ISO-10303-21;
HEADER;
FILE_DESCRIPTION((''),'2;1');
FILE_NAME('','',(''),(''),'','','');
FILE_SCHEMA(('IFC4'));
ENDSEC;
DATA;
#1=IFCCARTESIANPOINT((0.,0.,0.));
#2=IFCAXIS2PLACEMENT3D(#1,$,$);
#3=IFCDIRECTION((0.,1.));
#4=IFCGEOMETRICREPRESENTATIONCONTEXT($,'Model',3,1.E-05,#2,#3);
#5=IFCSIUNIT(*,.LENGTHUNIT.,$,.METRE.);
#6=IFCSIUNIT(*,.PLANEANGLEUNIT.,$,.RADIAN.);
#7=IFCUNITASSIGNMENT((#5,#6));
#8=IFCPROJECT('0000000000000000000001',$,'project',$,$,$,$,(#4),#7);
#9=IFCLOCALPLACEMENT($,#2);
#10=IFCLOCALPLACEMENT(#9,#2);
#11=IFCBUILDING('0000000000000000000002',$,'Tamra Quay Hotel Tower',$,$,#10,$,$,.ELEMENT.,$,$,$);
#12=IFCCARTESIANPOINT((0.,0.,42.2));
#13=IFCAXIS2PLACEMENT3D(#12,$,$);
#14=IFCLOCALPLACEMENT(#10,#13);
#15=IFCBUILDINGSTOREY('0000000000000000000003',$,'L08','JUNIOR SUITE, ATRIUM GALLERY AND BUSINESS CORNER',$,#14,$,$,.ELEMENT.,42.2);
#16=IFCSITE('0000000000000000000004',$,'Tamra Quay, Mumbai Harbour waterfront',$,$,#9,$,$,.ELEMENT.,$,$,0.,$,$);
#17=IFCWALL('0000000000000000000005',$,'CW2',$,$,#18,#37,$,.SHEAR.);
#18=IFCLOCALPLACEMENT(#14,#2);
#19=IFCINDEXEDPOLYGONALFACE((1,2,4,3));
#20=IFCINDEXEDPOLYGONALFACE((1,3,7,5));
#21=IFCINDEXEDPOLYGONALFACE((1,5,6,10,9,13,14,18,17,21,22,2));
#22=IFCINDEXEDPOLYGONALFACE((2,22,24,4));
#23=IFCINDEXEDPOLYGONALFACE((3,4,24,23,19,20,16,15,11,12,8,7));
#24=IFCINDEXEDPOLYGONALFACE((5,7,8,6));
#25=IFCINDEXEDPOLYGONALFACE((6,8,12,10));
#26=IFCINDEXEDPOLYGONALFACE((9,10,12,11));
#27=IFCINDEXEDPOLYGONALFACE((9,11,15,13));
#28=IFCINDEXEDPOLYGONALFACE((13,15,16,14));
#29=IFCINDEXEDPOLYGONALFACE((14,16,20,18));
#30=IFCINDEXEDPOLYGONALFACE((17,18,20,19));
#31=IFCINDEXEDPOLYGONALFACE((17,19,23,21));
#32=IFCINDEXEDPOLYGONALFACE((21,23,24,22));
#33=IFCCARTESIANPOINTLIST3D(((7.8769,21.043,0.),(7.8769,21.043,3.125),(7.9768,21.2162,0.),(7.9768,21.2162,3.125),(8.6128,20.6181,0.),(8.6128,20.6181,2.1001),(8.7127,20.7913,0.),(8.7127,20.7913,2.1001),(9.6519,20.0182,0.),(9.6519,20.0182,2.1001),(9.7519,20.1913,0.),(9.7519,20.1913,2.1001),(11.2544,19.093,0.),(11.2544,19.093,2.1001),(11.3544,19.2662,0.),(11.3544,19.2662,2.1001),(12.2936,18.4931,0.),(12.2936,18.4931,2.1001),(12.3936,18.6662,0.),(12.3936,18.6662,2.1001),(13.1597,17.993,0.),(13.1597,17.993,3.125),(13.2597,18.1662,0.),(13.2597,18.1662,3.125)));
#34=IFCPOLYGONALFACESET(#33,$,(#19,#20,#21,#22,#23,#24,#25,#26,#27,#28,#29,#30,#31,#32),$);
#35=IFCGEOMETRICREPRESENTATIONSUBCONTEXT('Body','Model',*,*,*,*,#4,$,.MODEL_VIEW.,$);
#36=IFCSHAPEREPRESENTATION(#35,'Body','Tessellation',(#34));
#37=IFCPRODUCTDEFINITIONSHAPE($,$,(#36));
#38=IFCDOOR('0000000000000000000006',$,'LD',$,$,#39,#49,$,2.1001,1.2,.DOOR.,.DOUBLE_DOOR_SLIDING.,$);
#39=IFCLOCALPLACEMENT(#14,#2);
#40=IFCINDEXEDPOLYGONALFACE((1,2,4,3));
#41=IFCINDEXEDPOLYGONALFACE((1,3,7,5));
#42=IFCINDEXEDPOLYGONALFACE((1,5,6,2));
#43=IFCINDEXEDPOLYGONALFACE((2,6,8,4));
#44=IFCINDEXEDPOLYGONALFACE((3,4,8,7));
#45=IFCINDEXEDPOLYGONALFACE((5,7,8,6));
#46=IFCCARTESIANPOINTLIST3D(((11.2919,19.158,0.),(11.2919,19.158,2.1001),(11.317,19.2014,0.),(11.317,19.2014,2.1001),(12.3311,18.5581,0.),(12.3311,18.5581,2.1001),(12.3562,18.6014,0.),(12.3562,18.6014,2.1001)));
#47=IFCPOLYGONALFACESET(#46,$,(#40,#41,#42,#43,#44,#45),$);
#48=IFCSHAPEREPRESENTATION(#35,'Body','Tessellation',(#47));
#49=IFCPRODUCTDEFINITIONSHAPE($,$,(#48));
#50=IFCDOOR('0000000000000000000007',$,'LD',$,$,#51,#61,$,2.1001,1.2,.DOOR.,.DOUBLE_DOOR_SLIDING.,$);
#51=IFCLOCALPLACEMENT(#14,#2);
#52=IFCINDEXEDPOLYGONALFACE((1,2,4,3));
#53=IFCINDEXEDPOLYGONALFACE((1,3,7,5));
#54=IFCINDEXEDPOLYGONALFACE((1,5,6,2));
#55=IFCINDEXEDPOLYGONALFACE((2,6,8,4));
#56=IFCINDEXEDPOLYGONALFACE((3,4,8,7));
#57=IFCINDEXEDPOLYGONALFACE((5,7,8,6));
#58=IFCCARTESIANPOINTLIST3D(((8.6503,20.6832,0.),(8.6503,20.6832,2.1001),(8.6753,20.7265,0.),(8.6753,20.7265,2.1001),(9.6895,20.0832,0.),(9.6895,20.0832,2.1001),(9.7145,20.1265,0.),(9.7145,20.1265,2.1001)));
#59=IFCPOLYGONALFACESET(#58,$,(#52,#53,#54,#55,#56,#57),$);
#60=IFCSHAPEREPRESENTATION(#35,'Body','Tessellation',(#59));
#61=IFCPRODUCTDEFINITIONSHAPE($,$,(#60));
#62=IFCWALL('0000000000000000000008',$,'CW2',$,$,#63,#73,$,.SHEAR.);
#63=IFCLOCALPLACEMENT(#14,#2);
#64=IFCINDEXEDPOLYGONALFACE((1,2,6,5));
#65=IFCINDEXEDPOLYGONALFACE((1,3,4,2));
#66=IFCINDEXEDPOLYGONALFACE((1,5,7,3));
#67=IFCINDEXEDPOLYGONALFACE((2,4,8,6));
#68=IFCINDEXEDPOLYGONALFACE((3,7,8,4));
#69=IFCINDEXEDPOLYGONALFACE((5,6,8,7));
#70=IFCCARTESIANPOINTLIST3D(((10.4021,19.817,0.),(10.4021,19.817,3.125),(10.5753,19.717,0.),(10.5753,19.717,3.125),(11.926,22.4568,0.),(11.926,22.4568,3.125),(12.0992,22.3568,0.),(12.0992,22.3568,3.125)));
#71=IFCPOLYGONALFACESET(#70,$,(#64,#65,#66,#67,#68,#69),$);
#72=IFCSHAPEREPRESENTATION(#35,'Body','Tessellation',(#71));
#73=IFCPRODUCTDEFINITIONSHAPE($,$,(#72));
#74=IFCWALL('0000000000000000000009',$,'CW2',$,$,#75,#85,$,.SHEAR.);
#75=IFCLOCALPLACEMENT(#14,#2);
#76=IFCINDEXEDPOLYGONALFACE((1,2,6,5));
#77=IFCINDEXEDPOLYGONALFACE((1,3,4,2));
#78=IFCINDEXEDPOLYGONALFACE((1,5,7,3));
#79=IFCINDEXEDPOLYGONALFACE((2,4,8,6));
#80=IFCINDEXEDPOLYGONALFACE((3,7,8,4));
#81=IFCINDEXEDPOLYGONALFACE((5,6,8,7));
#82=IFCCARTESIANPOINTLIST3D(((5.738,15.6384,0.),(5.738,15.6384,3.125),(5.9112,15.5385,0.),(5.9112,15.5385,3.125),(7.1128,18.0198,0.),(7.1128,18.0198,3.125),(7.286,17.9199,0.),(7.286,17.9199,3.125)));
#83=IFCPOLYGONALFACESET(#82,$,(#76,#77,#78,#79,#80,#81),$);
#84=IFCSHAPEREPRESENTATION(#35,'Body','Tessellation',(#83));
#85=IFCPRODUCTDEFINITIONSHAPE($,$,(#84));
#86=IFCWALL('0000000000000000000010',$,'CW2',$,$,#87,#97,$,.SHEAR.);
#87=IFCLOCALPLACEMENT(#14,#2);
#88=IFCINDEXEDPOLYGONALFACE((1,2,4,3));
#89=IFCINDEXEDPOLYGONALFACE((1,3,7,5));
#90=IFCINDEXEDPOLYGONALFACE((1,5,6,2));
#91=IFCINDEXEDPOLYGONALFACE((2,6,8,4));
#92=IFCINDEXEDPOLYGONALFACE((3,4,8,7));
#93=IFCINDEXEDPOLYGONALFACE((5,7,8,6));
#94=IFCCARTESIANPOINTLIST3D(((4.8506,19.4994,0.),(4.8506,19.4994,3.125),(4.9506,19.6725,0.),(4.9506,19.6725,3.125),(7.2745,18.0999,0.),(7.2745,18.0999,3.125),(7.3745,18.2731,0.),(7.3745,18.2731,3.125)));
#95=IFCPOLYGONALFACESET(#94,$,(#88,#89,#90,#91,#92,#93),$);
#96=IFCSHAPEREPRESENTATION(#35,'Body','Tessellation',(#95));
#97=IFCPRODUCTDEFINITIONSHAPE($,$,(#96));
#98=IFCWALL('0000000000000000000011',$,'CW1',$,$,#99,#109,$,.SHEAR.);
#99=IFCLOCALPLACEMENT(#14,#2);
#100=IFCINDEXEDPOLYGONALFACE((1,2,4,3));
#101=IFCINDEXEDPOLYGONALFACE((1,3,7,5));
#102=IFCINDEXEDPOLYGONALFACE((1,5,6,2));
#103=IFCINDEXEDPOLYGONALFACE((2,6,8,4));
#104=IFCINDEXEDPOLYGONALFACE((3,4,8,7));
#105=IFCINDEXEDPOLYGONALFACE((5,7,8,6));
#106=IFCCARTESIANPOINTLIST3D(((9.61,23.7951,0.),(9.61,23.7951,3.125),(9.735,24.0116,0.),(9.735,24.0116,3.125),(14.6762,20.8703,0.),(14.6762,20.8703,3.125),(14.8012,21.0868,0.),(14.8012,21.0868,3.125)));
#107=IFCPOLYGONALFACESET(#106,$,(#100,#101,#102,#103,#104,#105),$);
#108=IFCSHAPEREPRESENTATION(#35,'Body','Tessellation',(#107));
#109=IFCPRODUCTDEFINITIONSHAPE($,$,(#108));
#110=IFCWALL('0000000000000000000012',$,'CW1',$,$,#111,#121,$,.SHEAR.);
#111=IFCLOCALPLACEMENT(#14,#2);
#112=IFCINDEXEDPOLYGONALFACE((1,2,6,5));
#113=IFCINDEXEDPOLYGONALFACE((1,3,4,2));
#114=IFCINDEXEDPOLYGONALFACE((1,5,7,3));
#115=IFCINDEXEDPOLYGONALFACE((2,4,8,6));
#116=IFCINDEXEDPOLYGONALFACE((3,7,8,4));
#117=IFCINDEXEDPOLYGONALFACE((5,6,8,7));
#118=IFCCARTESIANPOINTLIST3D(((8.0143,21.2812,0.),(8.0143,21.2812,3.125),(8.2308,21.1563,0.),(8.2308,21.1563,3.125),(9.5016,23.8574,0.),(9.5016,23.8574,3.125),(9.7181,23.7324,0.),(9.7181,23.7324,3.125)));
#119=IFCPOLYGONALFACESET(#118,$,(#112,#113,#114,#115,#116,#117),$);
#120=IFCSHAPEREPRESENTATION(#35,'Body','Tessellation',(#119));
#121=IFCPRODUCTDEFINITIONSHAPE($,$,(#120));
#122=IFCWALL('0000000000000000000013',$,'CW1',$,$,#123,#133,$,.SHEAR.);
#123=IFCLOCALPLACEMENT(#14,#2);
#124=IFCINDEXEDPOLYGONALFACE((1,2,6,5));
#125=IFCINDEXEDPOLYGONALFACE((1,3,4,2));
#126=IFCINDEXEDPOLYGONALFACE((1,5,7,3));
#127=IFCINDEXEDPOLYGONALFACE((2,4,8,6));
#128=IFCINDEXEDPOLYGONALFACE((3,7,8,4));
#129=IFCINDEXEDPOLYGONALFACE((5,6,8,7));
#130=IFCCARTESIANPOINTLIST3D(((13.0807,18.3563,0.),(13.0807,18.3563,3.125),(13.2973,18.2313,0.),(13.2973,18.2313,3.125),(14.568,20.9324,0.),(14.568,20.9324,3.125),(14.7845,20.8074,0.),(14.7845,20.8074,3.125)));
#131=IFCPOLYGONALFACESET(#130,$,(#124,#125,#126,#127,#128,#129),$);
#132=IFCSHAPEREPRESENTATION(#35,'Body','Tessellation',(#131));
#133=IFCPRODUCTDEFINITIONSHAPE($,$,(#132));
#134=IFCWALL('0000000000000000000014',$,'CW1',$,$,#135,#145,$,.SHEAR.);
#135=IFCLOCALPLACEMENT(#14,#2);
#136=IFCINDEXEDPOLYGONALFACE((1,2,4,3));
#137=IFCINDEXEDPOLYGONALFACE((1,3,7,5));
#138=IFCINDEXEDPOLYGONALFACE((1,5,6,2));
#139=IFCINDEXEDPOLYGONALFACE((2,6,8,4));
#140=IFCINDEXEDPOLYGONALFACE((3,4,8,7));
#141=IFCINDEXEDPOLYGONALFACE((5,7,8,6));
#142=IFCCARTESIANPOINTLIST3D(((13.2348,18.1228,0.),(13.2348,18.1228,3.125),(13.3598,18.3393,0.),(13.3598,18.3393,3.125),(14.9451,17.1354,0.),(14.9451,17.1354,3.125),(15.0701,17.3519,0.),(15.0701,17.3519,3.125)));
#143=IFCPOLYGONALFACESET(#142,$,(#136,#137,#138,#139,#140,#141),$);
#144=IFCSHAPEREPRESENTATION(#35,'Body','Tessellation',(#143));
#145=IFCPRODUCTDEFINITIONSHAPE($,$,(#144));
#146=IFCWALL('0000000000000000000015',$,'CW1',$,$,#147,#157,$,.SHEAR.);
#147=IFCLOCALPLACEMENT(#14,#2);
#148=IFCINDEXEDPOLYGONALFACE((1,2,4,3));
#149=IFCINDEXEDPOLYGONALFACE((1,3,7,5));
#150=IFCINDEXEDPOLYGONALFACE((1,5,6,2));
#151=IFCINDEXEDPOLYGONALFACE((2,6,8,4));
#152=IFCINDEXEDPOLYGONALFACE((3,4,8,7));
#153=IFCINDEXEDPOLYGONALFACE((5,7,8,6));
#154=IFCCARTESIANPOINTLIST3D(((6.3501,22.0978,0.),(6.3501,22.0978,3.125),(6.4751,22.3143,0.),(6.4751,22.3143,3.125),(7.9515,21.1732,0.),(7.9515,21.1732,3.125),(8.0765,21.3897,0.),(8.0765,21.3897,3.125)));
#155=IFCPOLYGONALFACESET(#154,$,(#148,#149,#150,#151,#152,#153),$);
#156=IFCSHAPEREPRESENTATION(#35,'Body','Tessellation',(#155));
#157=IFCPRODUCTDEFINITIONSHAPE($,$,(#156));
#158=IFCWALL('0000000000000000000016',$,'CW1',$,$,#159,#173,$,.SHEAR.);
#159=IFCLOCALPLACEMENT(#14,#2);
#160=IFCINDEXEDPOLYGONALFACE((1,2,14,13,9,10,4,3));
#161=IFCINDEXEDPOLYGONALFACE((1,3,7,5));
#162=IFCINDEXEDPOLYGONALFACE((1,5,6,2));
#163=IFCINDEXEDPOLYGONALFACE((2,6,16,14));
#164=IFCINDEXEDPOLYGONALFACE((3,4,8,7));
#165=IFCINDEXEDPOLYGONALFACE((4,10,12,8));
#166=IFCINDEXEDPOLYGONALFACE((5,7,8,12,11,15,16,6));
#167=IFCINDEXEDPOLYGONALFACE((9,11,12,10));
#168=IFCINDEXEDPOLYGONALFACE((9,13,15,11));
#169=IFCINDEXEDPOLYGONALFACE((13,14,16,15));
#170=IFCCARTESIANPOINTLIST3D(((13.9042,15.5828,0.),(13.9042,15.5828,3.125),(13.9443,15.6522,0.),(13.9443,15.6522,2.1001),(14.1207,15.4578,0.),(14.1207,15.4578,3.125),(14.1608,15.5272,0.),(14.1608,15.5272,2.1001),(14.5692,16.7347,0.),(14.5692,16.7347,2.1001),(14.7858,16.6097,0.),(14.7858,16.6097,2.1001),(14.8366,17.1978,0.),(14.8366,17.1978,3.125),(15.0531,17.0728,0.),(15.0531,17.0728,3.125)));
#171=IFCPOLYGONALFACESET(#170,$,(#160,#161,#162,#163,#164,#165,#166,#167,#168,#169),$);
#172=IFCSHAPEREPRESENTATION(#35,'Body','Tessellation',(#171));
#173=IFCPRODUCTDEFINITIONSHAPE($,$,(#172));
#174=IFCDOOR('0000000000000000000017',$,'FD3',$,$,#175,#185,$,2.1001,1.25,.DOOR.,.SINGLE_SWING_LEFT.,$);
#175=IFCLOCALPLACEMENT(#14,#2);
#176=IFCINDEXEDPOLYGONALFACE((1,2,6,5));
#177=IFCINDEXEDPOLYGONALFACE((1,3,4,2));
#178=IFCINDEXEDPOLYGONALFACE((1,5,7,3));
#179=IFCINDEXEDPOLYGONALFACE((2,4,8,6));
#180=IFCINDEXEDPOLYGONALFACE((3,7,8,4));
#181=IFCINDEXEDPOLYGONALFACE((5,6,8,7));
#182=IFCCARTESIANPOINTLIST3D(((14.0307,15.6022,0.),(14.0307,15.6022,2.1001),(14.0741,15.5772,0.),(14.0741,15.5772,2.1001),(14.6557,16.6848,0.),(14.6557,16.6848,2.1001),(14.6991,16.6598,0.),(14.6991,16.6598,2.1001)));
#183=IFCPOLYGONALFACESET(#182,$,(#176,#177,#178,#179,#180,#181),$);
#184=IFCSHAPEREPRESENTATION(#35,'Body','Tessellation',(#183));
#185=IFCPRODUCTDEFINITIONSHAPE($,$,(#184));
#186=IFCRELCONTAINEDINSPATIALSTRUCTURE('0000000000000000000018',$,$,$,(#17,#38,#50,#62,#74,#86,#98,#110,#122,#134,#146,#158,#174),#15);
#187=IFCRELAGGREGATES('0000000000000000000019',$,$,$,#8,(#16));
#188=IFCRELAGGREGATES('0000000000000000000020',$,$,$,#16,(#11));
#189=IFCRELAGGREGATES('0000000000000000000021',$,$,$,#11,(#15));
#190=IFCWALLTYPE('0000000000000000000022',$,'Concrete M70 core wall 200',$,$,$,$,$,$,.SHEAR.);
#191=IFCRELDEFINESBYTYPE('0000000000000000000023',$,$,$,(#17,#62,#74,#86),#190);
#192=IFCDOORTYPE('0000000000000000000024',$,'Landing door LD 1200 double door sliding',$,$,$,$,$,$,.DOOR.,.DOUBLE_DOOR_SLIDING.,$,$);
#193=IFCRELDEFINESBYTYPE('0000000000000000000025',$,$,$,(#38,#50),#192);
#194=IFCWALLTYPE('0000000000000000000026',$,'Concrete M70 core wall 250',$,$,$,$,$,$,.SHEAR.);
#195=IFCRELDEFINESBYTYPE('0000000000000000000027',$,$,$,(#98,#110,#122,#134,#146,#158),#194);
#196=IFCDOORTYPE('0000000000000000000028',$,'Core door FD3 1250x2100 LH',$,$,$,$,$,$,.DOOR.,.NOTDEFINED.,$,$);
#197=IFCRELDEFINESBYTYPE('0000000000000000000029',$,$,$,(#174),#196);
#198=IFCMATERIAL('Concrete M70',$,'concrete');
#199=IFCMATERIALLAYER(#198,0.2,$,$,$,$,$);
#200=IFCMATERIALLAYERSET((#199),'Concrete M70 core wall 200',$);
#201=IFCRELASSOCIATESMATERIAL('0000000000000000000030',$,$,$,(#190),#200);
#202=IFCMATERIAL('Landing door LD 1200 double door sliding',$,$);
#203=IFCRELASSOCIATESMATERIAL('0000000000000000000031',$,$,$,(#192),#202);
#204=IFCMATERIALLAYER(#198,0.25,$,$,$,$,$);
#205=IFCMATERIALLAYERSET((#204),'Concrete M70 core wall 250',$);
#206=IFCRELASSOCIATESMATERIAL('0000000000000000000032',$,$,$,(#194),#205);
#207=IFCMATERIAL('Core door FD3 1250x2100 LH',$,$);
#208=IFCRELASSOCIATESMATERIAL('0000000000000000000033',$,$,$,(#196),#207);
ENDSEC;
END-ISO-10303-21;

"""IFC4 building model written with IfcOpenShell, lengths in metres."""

from ifc_helpers import new_model, si_unit, direction, frame, frame_2d, origin, place, context, subcontext, project, spatial, rectangle, extrude, material, layer, layer_set, type_object, element, fill, save


model = new_model("IFC4")

# Units and contexts
model_context = context("Model", 3, precision=1e-05, world=origin(), true_north=direction((0.0, 1.0)))
body_context = subcontext(model_context, "Body", "Model", "MODEL_VIEW")
ifc_project = project(units=[si_unit("LENGTHUNIT", "METRE"), si_unit("PLANEANGLEUNIT", "RADIAN")], contexts=[model_context])

# Site, building, storey
site_placement = place(None, origin())
site = spatial("IfcSite", under=ifc_project, at=site_placement, Name="Tamra Quay, Mumbai Harbour waterfront", CompositionType="ELEMENT", RefElevation=0.0)
building_placement = place(site_placement, origin())
building = spatial("IfcBuilding", under=site, at=building_placement, Name="Tamra Quay Hotel Tower", CompositionType="ELEMENT")
storey_placement = place(building_placement, frame((0.0, 0.0, 42.2)))
storey = spatial("IfcBuildingStorey", under=building, at=storey_placement, Name="L08", Description="JUNIOR SUITE, ATRIUM GALLERY AND BUSINESS CORNER", CompositionType="ELEMENT", Elevation=42.2)

# Shared definitions
ifc_material_1 = material(Name="Concrete M70", Category="concrete")

# Wall, openings, doors
ifc_layer_1 = layer(ifc_material_1, 0.2)
ifc_layer_set_1 = layer_set([ifc_layer_1], Name="Concrete M70 core wall 200")
wall_type_1 = type_object("IfcWallType", Name="Concrete M70 core wall 200", PredefinedType="SHEAR", material=ifc_layer_set_1)
wall_1_placement = place(storey_placement, frame((13.2097, 18.0796, 0.0), z_axis=(0.0, 0.0, 1.0), x_axis=(-0.86603, 0.499992, 0.0)))
wall_1 = element("IfcWall", 1, at=wall_1_placement, inside=storey, type_object=wall_type_1, Name="CW2", PredefinedType="SHEAR", context=body_context, shape_type="SweptSolid", body=[
    extrude(rectangle(XDim=6.1001, YDim=0.2, at=frame_2d((3.05, 0.0))), origin(), (0.0, 0.0, 1.0), 3.125),
])
opening_1_placement = place(wall_1_placement, frame((1.0, 0.0, 0.0)))
opening_1 = element("IfcOpeningElement", 2, at=opening_1_placement, cuts=wall_1, PredefinedType="OPENING", context=body_context, shape_type="SweptSolid", body=[
    extrude(rectangle(XDim=1.2, YDim=2.1001, at=frame_2d((0.6001, 1.05))), frame((0.0, 0.1099, 0.0), z_axis=(0.0, -1.0, 0.0), x_axis=(1.0, 0.0, 0.0)), (0.0, 0.0, 1.0), 0.22),
])
opening_2_placement = place(wall_1_placement, frame((4.0503, 0.0, 0.0)))
opening_2 = element("IfcOpeningElement", 3, at=opening_2_placement, cuts=wall_1, PredefinedType="OPENING", context=body_context, shape_type="SweptSolid", body=[
    extrude(rectangle(XDim=1.2, YDim=2.1001, at=frame_2d((0.6001, 1.05))), frame((0.0, 0.1099, 0.0), z_axis=(0.0, -1.0, 0.0), x_axis=(1.0, 0.0, 0.0)), (0.0, 0.0, 1.0), 0.22),
])
ifc_material_2 = material(Name="Landing door LD 1200 double door sliding")
door_type_1 = type_object("IfcDoorType", Name="Landing door LD 1200 double door sliding", OperationType="DOUBLE_DOOR_SLIDING", PredefinedType="DOOR", material=ifc_material_2)
door_1_placement = place(opening_1_placement, origin())
door_1 = element("IfcDoor", 4, at=door_1_placement, inside=storey, type_object=door_type_1, Name="LD", OperationType="DOUBLE_DOOR_SLIDING", OverallHeight=2.1001, OverallWidth=1.2, PredefinedType="DOOR", context=body_context, shape_type="SweptSolid", body=[
    extrude(rectangle(XDim=1.2, YDim=2.1001, at=frame_2d((0.6001, 1.05))), frame((0.0, 0.0249, 0.0), z_axis=(0.0, -1.0, 0.0), x_axis=(1.0, 0.0, 0.0)), (0.0, 0.0, 1.0), 0.05),
])
fill(opening_1, door_1)
door_2_placement = place(opening_2_placement, origin())
door_2 = element("IfcDoor", 5, at=door_2_placement, inside=storey, type_object=door_type_1, Name="LD", OperationType="DOUBLE_DOOR_SLIDING", OverallHeight=2.1001, OverallWidth=1.2, PredefinedType="DOOR", context=body_context, shape_type="SweptSolid", body=[
    extrude(rectangle(XDim=1.2, YDim=2.1001, at=frame_2d((0.6001, 1.05))), frame((0.0, 0.0249, 0.0), z_axis=(0.0, -1.0, 0.0), x_axis=(1.0, 0.0, 0.0)), (0.0, 0.0, 1.0), 0.05),
])
fill(opening_2, door_2)

# Walls
wall_2_placement = place(storey_placement, frame((10.4888, 19.7671, 0.0), z_axis=(0.0, 0.0, 1.0), x_axis=(0.499947, 0.866056, 0.0)))
element("IfcWall", 6, at=wall_2_placement, inside=storey, type_object=wall_type_1, Name="CW2", PredefinedType="SHEAR", context=body_context, shape_type="SweptSolid", body=[
    extrude(rectangle(XDim=3.0481, YDim=0.2, at=frame_2d((1.5239, 0.0))), origin(), (0.0, 0.0, 1.0), 3.125),
])
wall_3_placement = place(storey_placement, frame((7.1995, 17.97, 0.0), z_axis=(0.0, 0.0, 1.0), x_axis=(-0.499968, -0.866044, 0.0)))
element("IfcWall", 7, at=wall_3_placement, inside=storey, type_object=wall_type_1, Name="CW2", PredefinedType="SHEAR", context=body_context, shape_type="SweptSolid", body=[
    extrude(rectangle(XDim=2.7498, YDim=0.2, at=frame_2d((1.375, 0.0))), origin(), (0.0, 0.0, 1.0), 3.125),
])
wall_4_placement = place(storey_placement, frame((4.9006, 19.5859, 0.0), z_axis=(0.0, 0.0, 1.0), x_axis=(0.866023, -0.500004, 0.0)))
element("IfcWall", 8, at=wall_4_placement, inside=storey, type_object=wall_type_1, Name="CW2", PredefinedType="SHEAR", context=body_context, shape_type="SweptSolid", body=[
    extrude(rectangle(XDim=2.7988, YDim=0.2, at=frame_2d((1.3994, 0.0))), origin(), (0.0, 0.0, 1.0), 3.125),
])
ifc_layer_2 = layer(ifc_material_1, 0.25)
ifc_layer_set_2 = layer_set([ifc_layer_2], Name="Concrete M70 core wall 250")
wall_type_2 = type_object("IfcWallType", Name="Concrete M70 core wall 250", PredefinedType="SHEAR", material=ifc_layer_set_2)
wall_5_placement = place(storey_placement, frame((9.6726, 23.9033, 0.0), z_axis=(0.0, 0.0, 1.0), x_axis=(0.866036, -0.499981, 0.0)))
element("IfcWall", 9, at=wall_5_placement, inside=storey, type_object=wall_type_2, Name="CW1", PredefinedType="SHEAR", context=body_context, shape_type="SweptSolid", body=[
    extrude(rectangle(XDim=5.8499, YDim=0.25, at=frame_2d((2.9248, 0.0))), origin(), (0.0, 0.0, 1.0), 3.125),
])
for number, where, z_axis, x_axis, name in (
    (10, (8.1226, 21.2188, 0.0), (0.0, 0.0, 1.0), (0.499988, 0.866033, 0.0), "CW1"),
    (11, (14.6763, 20.8699, 0.0), (0.0, 0.0, 1.0), (-0.499988, -0.866033, 0.0), "CW1"),
):
    element("IfcWall", number, at=place(storey_placement, frame(where, z_axis=z_axis, x_axis=x_axis)), inside=storey, type_object=wall_type_2, Name=name, PredefinedType="SHEAR", context=body_context, shape_type="SweptSolid", body=[
        extrude(rectangle(XDim=2.9746, YDim=0.25, at=frame_2d((1.4873, 0.0))), origin(), (0.0, 0.0, 1.0), 3.125),
    ])
wall_6_placement = place(storey_placement, frame((13.2974, 18.231, 0.0), z_axis=(0.0, 0.0, 1.0), x_axis=(0.866044, -0.499969, 0.0)))
element("IfcWall", 12, at=wall_6_placement, inside=storey, type_object=wall_type_2, Name="CW1", PredefinedType="SHEAR", context=body_context, shape_type="SweptSolid", body=[
    extrude(rectangle(XDim=1.9749, YDim=0.25, at=frame_2d((0.9873, 0.0))), origin(), (0.0, 0.0, 1.0), 3.125),
])
wall_7_placement = place(storey_placement, frame((6.4126, 22.2061, 0.0), z_axis=(0.0, 0.0, 1.0), x_axis=(0.866016, -0.500016, 0.0)))
element("IfcWall", 13, at=wall_7_placement, inside=storey, type_object=wall_type_2, Name="CW1", PredefinedType="SHEAR", context=body_context, shape_type="SweptSolid", body=[
    extrude(rectangle(XDim=1.8491, YDim=0.25, at=frame_2d((0.9246, 0.0))), origin(), (0.0, 0.0, 1.0), 3.125),
])

# Wall, opening, door
wall_8_placement = place(storey_placement, frame((14.9448, 17.1353, 0.0), z_axis=(0.0, 0.0, 1.0), x_axis=(-0.499983, -0.866035, 0.0)))
wall_8 = element("IfcWall", 14, at=wall_8_placement, inside=storey, type_object=wall_type_2, Name="CW1", PredefinedType="SHEAR", context=body_context, shape_type="SweptSolid", body=[
    extrude(rectangle(XDim=1.8647, YDim=0.25, at=frame_2d((0.9324, 0.0))), origin(), (0.0, 0.0, 1.0), 3.125),
])
opening_3_placement = place(wall_8_placement, frame((0.5347, 0.0, 0.0)))
opening_3 = element("IfcOpeningElement", 15, at=opening_3_placement, cuts=wall_8, PredefinedType="OPENING", context=body_context, shape_type="SweptSolid", body=[
    extrude(rectangle(XDim=1.25, YDim=2.1001, at=frame_2d((0.625, 1.05))), frame((0.0, 0.135, 0.0), z_axis=(0.0, -1.0, 0.0), x_axis=(1.0, 0.0, 0.0)), (0.0, 0.0, 1.0), 0.27),
])
ifc_material_3 = material(Name="Core door FD3 1250x2100 LH")
door_type_2 = type_object("IfcDoorType", Name="Core door FD3 1250x2100 LH", OperationType="NOTDEFINED", PredefinedType="DOOR", material=ifc_material_3)
door_3_placement = place(opening_3_placement, origin())
door_3 = element("IfcDoor", 16, at=door_3_placement, inside=storey, type_object=door_type_2, Name="FD3", OperationType="SINGLE_SWING_LEFT", OverallHeight=2.1001, OverallWidth=1.25, PredefinedType="DOOR", context=body_context, shape_type="SweptSolid", body=[
    extrude(rectangle(XDim=1.25, YDim=2.1001, at=frame_2d((0.625, 1.05))), frame((0.0, 0.0249, 0.0), z_axis=(0.0, -1.0, 0.0), x_axis=(1.0, 0.0, 0.0)), (0.0, 0.0, 1.0), 0.05),
])
fill(opening_3, door_3)

save(model, "model.ifc")
